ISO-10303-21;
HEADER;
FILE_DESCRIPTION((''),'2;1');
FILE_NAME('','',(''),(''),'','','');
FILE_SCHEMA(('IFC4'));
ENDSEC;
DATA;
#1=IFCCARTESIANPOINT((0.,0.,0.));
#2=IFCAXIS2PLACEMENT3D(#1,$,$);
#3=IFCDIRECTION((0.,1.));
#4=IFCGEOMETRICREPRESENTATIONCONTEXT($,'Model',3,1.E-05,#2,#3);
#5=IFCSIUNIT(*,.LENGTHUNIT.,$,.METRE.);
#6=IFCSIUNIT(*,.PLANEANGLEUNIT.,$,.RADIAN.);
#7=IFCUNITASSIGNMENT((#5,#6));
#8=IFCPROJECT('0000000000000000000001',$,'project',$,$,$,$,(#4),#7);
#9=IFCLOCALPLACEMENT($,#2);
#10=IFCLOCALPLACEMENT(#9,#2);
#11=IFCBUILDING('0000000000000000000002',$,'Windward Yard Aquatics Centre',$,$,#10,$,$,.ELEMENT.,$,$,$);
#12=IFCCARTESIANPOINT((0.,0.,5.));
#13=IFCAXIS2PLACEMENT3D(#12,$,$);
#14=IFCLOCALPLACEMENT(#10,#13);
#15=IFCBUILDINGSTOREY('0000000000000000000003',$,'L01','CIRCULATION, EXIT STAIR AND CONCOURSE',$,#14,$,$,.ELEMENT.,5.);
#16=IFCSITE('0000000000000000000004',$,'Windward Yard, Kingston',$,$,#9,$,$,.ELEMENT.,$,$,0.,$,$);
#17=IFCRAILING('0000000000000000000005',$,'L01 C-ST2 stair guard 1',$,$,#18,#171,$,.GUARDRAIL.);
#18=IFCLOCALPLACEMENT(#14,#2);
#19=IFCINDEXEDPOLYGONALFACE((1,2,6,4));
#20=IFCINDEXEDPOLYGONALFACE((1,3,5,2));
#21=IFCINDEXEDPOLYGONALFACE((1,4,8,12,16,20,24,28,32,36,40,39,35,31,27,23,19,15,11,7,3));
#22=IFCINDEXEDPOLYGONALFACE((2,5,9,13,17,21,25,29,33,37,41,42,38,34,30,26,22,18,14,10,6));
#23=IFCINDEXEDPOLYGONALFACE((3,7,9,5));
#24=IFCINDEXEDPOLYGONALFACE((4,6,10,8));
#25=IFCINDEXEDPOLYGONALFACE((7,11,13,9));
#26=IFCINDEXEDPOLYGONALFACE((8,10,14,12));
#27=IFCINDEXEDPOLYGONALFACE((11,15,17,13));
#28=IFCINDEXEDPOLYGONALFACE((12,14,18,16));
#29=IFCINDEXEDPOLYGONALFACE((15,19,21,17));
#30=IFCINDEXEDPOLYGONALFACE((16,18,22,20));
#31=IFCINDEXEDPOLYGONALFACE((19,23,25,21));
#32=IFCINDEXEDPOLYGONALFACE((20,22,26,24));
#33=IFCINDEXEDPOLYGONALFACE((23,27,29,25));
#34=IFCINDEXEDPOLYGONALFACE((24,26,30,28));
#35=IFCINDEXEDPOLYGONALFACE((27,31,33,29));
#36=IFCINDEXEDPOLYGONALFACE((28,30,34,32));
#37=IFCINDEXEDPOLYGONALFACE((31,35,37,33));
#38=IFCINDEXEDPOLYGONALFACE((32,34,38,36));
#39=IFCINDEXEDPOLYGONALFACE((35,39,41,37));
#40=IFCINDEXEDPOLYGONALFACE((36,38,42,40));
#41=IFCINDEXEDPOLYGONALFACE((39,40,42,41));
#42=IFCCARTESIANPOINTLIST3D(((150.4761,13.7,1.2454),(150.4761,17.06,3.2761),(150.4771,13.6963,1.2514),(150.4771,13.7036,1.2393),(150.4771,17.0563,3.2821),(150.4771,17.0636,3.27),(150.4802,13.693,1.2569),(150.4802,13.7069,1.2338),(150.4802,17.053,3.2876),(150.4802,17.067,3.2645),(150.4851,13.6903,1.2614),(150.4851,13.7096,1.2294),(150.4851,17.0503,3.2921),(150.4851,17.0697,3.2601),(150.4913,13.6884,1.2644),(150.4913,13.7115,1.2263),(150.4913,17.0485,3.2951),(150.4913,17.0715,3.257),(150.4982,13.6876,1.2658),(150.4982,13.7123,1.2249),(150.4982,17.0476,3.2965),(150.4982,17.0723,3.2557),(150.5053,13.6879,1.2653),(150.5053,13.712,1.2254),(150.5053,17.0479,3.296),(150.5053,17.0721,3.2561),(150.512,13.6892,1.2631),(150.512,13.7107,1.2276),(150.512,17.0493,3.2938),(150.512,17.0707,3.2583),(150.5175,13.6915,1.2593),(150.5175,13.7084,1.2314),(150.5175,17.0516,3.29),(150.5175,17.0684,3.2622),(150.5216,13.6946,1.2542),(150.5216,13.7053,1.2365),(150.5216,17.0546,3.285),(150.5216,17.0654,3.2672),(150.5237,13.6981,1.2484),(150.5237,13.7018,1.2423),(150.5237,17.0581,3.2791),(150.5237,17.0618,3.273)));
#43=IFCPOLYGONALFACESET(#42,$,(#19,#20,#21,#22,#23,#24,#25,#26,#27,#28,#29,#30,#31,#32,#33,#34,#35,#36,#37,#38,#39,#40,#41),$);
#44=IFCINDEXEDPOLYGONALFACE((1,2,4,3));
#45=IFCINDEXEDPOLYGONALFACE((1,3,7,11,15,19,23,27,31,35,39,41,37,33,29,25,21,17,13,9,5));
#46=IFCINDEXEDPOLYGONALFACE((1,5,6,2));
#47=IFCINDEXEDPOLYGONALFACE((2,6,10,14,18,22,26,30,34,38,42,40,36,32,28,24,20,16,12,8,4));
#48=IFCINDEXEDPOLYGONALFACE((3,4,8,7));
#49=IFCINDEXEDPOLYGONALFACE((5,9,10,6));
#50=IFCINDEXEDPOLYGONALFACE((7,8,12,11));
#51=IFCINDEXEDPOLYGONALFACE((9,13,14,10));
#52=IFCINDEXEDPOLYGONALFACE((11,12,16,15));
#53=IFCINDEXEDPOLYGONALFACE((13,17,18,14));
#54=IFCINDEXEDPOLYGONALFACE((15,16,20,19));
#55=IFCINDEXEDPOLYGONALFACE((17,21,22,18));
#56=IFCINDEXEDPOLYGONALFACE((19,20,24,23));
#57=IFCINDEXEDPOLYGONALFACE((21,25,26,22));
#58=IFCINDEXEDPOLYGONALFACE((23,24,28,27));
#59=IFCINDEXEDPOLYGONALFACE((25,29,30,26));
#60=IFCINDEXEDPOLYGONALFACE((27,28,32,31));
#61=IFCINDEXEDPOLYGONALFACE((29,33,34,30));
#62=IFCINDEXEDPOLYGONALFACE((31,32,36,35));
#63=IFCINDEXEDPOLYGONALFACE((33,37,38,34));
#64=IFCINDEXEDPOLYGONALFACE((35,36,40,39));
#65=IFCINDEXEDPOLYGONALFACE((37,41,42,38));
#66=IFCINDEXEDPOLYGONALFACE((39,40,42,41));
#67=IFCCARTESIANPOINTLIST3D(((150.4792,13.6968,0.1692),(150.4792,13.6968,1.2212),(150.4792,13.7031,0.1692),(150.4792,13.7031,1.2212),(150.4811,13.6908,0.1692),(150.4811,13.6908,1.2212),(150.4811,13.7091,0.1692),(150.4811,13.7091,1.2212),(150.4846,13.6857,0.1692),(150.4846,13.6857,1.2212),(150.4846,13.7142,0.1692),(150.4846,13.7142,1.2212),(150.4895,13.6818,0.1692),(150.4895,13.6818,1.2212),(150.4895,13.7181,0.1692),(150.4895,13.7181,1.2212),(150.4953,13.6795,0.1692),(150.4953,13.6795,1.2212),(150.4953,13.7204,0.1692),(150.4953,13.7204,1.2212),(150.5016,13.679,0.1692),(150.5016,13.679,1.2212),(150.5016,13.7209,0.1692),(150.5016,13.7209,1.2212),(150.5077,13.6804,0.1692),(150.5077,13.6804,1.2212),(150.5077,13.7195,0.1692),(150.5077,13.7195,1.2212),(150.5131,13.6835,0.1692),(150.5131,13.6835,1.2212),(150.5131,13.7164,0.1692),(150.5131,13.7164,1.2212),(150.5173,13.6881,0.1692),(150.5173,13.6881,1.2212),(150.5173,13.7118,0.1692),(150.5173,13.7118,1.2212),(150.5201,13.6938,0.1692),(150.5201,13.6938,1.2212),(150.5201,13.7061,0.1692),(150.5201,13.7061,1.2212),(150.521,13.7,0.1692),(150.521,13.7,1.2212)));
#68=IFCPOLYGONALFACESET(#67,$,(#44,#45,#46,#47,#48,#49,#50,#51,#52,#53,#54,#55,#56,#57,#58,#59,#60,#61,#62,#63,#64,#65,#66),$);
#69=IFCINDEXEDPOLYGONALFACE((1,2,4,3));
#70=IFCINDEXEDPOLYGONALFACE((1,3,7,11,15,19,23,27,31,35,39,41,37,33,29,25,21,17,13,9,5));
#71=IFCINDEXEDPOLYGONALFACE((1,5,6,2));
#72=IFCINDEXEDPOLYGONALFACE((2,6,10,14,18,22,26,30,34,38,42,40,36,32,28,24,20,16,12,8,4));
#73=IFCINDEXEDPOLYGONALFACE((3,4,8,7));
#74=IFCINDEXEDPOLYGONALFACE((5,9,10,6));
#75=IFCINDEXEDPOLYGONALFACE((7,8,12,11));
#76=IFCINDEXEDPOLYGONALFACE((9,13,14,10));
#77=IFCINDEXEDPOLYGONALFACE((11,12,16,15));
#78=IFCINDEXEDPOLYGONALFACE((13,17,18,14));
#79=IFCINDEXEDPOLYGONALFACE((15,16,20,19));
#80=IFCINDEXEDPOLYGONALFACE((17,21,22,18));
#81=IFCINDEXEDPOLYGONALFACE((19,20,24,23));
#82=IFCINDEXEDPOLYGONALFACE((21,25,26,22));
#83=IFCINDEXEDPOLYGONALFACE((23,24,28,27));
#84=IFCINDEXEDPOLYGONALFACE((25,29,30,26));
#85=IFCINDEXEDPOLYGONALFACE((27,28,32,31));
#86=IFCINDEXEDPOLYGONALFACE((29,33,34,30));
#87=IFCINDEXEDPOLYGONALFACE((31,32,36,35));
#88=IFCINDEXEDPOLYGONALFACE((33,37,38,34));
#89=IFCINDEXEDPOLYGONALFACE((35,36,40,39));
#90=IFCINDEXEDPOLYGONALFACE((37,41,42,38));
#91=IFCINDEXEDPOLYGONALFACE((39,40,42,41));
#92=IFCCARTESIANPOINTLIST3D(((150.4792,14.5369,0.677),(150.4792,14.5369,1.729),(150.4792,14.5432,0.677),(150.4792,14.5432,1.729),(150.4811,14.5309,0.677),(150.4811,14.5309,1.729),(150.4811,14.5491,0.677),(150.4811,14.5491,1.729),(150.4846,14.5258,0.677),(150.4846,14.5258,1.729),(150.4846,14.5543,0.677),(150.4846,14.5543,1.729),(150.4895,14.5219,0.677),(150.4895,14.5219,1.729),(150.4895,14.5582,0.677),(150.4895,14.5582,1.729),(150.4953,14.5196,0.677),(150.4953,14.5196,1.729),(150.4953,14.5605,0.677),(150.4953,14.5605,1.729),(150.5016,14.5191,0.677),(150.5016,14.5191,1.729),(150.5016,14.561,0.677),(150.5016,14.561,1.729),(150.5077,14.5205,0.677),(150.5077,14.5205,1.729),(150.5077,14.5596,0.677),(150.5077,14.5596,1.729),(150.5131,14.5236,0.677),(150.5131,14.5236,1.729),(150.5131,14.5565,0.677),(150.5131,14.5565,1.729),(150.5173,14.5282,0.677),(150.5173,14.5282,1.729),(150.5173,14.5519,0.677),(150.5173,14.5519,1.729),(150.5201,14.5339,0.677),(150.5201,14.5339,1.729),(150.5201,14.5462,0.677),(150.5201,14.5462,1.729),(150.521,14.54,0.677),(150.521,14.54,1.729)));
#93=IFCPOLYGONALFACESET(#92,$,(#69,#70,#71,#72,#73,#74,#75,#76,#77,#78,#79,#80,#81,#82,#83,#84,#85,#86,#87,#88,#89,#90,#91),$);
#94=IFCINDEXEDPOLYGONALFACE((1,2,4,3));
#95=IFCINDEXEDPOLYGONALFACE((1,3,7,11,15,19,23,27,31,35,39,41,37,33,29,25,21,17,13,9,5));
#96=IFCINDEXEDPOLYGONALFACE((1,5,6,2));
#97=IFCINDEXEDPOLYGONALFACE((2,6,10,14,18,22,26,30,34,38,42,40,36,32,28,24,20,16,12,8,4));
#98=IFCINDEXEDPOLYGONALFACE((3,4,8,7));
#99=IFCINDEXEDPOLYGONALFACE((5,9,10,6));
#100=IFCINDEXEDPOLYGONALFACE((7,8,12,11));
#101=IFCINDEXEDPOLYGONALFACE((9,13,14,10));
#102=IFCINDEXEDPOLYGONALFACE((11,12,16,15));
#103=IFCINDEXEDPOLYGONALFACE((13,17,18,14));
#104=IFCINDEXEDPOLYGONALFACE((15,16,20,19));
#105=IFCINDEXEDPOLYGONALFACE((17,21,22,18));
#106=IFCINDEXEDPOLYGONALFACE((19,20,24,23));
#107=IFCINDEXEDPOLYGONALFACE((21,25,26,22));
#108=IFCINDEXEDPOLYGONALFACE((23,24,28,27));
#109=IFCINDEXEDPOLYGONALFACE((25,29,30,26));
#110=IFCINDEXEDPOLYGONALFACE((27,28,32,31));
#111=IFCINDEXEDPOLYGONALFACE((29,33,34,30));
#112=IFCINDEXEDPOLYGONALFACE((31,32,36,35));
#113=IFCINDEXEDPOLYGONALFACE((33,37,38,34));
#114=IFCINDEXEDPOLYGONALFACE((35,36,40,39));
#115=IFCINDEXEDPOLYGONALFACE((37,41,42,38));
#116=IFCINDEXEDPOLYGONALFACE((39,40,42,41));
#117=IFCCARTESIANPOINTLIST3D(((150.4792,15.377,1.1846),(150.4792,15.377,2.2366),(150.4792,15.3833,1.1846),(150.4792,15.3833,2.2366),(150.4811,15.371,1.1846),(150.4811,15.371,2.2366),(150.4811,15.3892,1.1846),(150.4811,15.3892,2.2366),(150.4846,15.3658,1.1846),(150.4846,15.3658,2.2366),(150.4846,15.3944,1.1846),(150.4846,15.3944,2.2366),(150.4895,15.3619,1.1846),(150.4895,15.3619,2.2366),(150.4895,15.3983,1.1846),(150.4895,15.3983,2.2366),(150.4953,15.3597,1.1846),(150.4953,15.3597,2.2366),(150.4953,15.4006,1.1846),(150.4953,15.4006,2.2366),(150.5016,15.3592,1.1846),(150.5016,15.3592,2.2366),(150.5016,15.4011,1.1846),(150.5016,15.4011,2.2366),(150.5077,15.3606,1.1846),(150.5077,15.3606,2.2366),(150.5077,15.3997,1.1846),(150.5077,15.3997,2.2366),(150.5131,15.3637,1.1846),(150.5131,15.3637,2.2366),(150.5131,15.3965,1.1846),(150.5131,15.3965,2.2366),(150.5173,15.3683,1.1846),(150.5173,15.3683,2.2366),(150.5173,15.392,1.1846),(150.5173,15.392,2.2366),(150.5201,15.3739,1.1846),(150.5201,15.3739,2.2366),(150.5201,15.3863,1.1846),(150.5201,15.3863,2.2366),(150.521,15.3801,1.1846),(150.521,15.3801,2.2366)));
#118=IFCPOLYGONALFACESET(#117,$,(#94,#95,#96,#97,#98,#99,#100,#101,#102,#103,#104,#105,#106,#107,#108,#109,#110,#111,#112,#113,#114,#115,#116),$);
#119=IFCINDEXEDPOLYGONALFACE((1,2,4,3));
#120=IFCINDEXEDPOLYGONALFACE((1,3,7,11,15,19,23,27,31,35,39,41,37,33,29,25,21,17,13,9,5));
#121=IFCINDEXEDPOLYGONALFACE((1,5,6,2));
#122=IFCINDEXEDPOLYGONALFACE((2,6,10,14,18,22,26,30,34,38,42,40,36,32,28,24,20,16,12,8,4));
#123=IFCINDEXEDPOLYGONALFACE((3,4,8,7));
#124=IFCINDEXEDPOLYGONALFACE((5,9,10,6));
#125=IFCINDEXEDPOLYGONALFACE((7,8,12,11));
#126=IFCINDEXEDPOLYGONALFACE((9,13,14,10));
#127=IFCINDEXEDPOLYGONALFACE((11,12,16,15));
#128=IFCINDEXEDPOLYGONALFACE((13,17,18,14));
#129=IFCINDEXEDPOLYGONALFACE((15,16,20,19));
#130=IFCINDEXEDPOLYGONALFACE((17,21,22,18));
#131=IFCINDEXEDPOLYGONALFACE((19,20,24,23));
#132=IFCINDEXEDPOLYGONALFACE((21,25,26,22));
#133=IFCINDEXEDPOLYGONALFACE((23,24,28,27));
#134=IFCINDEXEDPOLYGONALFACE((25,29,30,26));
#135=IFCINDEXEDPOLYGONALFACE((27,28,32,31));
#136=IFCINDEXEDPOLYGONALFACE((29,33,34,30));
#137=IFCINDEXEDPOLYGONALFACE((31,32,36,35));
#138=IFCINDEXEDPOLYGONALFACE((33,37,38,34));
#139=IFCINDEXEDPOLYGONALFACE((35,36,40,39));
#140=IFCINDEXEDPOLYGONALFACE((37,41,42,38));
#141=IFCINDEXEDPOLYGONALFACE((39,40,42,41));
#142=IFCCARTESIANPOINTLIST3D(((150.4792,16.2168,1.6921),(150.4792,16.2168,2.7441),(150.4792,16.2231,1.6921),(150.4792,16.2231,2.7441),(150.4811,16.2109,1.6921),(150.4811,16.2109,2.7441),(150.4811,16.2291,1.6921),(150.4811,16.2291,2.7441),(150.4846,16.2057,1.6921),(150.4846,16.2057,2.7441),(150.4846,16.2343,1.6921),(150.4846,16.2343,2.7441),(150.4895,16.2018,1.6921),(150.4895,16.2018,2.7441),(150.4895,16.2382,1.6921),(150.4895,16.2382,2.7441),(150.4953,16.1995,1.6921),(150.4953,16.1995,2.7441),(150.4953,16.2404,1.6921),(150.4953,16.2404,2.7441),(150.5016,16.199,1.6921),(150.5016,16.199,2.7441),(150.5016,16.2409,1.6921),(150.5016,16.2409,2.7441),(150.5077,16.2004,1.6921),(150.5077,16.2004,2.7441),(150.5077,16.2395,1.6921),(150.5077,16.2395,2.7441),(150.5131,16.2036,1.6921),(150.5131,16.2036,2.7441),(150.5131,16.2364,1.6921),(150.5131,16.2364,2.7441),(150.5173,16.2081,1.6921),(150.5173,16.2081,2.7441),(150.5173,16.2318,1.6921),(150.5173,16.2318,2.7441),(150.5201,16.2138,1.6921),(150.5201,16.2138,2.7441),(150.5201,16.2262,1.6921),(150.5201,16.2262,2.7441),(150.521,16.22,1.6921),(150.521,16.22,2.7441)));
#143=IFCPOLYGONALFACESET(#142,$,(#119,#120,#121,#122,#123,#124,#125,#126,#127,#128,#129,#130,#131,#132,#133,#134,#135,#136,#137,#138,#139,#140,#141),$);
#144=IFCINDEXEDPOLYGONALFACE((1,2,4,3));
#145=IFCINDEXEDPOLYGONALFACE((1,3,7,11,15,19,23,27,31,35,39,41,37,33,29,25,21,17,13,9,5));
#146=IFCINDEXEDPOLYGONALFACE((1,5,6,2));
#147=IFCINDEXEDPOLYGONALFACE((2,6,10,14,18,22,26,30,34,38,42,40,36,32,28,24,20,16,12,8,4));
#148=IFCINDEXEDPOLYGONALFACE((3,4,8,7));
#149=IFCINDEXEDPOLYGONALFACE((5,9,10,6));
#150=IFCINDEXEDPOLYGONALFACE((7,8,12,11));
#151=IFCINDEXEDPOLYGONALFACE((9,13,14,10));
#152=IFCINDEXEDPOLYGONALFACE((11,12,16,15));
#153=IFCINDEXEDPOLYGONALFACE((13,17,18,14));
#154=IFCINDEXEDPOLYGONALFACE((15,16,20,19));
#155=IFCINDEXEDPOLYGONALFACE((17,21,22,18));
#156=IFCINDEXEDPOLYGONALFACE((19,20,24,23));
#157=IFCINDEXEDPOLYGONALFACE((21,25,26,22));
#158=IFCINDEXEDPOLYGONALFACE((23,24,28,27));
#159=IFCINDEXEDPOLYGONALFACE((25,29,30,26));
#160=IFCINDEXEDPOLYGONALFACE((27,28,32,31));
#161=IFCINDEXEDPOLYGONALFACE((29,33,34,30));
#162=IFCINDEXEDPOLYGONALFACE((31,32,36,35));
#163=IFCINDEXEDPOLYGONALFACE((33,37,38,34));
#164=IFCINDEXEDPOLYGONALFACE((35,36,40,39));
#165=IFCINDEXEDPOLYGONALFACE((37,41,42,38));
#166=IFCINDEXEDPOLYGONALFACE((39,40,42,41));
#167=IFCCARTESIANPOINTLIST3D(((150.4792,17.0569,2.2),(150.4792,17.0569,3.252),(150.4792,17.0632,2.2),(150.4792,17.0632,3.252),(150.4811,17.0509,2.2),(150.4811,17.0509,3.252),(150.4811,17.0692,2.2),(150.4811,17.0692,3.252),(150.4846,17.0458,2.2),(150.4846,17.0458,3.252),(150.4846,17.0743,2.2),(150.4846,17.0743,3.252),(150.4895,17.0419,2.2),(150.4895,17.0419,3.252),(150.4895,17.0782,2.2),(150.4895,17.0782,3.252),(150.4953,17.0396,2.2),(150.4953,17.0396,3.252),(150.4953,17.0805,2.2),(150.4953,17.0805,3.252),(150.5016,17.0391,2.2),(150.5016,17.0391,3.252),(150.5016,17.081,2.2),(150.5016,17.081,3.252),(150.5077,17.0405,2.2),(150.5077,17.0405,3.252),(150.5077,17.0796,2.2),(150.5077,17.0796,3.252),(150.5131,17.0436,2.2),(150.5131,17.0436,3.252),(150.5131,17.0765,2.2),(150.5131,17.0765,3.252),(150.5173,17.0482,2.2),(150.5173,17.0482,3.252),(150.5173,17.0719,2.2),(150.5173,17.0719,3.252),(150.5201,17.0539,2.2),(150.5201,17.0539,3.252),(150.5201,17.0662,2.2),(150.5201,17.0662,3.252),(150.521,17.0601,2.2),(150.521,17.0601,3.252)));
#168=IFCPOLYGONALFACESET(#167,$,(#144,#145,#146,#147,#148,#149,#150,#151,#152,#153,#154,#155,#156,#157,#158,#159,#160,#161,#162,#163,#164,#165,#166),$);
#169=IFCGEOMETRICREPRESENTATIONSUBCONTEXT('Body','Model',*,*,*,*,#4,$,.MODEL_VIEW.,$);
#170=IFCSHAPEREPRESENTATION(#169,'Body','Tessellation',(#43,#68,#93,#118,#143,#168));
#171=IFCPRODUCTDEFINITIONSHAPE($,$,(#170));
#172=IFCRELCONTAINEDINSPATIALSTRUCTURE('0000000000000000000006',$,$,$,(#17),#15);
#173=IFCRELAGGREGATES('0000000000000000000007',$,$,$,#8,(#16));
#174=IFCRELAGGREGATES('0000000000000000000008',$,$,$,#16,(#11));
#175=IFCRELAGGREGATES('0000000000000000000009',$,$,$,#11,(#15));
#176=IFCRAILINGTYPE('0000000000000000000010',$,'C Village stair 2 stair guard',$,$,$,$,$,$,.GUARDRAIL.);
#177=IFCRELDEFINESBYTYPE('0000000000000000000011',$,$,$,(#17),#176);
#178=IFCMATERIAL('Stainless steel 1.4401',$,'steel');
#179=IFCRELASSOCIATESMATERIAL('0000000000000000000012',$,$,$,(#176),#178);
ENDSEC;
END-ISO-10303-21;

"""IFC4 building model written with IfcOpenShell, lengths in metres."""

from ifc_helpers import new_model, si_unit, direction, frame, origin, origin_2d, place, context, subcontext, project, spatial, circle, extrude, material, type_object, element, save


model = new_model("IFC4")

# Units and contexts
model_context = context("Model", 3, precision=1e-05, world=origin(), true_north=direction((0.0, 1.0)))
body_context = subcontext(model_context, "Body", "Model", "MODEL_VIEW")
ifc_project = project(units=[si_unit("LENGTHUNIT", "METRE"), si_unit("PLANEANGLEUNIT", "RADIAN")], contexts=[model_context])

# Site, building, storey
site_placement = place(None, origin())
site = spatial("IfcSite", under=ifc_project, at=site_placement, Name="Windward Yard, Kingston", CompositionType="ELEMENT", RefElevation=0.0)
building_placement = place(site_placement, origin())
building = spatial("IfcBuilding", under=site, at=building_placement, Name="Windward Yard Aquatics Centre", CompositionType="ELEMENT")
storey_placement = place(building_placement, frame((0.0, 0.0, 5.0)))
storey = spatial("IfcBuildingStorey", under=building, at=storey_placement, Name="L01", Description="CIRCULATION, EXIT STAIR AND CONCOURSE", CompositionType="ELEMENT", Elevation=5.0)

# Railing
ifc_material_1 = material(Name="Stainless steel 1.4401", Category="steel")
railing_type_1 = type_object("IfcRailingType", Name="C Village stair 2 stair guard", PredefinedType="GUARDRAIL", material=ifc_material_1)
railing_1_placement = place(storey_placement, frame((150.5, 13.7, 0.1692)))
element("IfcRailing", 1, at=railing_1_placement, inside=storey, type_object=railing_type_1, Name="L01 C-ST2 stair guard 1", PredefinedType="GUARDRAIL", context=body_context, shape_type="SweptSolid", body=[
    extrude(circle(Radius=0.0239, at=origin_2d()), frame((0.0, 0.0, 1.0762), z_axis=(0.0, 0.855837, 0.517246), x_axis=(-1.0, 0.0, 0.0)), (0.0, 0.0, 1.0), 3.926),
    extrude(circle(Radius=0.021, at=origin_2d()), origin(), (0.0, 0.0, 1.0), 1.052),
    extrude(circle(Radius=0.021, at=origin_2d()), frame((0.0, 0.8401, 0.5078)), (0.0, 0.0, 1.0), 1.052),
    extrude(circle(Radius=0.021, at=origin_2d()), frame((0.0, 1.6802, 1.0154)), (0.0, 0.0, 1.0), 1.052),
    extrude(circle(Radius=0.021, at=origin_2d()), frame((0.0, 2.52, 1.5229)), (0.0, 0.0, 1.0), 1.052),
    extrude(circle(Radius=0.021, at=origin_2d()), frame((0.0, 3.3601, 2.0308)), (0.0, 0.0, 1.0), 1.052),
])

save(model, "model.ifc")
